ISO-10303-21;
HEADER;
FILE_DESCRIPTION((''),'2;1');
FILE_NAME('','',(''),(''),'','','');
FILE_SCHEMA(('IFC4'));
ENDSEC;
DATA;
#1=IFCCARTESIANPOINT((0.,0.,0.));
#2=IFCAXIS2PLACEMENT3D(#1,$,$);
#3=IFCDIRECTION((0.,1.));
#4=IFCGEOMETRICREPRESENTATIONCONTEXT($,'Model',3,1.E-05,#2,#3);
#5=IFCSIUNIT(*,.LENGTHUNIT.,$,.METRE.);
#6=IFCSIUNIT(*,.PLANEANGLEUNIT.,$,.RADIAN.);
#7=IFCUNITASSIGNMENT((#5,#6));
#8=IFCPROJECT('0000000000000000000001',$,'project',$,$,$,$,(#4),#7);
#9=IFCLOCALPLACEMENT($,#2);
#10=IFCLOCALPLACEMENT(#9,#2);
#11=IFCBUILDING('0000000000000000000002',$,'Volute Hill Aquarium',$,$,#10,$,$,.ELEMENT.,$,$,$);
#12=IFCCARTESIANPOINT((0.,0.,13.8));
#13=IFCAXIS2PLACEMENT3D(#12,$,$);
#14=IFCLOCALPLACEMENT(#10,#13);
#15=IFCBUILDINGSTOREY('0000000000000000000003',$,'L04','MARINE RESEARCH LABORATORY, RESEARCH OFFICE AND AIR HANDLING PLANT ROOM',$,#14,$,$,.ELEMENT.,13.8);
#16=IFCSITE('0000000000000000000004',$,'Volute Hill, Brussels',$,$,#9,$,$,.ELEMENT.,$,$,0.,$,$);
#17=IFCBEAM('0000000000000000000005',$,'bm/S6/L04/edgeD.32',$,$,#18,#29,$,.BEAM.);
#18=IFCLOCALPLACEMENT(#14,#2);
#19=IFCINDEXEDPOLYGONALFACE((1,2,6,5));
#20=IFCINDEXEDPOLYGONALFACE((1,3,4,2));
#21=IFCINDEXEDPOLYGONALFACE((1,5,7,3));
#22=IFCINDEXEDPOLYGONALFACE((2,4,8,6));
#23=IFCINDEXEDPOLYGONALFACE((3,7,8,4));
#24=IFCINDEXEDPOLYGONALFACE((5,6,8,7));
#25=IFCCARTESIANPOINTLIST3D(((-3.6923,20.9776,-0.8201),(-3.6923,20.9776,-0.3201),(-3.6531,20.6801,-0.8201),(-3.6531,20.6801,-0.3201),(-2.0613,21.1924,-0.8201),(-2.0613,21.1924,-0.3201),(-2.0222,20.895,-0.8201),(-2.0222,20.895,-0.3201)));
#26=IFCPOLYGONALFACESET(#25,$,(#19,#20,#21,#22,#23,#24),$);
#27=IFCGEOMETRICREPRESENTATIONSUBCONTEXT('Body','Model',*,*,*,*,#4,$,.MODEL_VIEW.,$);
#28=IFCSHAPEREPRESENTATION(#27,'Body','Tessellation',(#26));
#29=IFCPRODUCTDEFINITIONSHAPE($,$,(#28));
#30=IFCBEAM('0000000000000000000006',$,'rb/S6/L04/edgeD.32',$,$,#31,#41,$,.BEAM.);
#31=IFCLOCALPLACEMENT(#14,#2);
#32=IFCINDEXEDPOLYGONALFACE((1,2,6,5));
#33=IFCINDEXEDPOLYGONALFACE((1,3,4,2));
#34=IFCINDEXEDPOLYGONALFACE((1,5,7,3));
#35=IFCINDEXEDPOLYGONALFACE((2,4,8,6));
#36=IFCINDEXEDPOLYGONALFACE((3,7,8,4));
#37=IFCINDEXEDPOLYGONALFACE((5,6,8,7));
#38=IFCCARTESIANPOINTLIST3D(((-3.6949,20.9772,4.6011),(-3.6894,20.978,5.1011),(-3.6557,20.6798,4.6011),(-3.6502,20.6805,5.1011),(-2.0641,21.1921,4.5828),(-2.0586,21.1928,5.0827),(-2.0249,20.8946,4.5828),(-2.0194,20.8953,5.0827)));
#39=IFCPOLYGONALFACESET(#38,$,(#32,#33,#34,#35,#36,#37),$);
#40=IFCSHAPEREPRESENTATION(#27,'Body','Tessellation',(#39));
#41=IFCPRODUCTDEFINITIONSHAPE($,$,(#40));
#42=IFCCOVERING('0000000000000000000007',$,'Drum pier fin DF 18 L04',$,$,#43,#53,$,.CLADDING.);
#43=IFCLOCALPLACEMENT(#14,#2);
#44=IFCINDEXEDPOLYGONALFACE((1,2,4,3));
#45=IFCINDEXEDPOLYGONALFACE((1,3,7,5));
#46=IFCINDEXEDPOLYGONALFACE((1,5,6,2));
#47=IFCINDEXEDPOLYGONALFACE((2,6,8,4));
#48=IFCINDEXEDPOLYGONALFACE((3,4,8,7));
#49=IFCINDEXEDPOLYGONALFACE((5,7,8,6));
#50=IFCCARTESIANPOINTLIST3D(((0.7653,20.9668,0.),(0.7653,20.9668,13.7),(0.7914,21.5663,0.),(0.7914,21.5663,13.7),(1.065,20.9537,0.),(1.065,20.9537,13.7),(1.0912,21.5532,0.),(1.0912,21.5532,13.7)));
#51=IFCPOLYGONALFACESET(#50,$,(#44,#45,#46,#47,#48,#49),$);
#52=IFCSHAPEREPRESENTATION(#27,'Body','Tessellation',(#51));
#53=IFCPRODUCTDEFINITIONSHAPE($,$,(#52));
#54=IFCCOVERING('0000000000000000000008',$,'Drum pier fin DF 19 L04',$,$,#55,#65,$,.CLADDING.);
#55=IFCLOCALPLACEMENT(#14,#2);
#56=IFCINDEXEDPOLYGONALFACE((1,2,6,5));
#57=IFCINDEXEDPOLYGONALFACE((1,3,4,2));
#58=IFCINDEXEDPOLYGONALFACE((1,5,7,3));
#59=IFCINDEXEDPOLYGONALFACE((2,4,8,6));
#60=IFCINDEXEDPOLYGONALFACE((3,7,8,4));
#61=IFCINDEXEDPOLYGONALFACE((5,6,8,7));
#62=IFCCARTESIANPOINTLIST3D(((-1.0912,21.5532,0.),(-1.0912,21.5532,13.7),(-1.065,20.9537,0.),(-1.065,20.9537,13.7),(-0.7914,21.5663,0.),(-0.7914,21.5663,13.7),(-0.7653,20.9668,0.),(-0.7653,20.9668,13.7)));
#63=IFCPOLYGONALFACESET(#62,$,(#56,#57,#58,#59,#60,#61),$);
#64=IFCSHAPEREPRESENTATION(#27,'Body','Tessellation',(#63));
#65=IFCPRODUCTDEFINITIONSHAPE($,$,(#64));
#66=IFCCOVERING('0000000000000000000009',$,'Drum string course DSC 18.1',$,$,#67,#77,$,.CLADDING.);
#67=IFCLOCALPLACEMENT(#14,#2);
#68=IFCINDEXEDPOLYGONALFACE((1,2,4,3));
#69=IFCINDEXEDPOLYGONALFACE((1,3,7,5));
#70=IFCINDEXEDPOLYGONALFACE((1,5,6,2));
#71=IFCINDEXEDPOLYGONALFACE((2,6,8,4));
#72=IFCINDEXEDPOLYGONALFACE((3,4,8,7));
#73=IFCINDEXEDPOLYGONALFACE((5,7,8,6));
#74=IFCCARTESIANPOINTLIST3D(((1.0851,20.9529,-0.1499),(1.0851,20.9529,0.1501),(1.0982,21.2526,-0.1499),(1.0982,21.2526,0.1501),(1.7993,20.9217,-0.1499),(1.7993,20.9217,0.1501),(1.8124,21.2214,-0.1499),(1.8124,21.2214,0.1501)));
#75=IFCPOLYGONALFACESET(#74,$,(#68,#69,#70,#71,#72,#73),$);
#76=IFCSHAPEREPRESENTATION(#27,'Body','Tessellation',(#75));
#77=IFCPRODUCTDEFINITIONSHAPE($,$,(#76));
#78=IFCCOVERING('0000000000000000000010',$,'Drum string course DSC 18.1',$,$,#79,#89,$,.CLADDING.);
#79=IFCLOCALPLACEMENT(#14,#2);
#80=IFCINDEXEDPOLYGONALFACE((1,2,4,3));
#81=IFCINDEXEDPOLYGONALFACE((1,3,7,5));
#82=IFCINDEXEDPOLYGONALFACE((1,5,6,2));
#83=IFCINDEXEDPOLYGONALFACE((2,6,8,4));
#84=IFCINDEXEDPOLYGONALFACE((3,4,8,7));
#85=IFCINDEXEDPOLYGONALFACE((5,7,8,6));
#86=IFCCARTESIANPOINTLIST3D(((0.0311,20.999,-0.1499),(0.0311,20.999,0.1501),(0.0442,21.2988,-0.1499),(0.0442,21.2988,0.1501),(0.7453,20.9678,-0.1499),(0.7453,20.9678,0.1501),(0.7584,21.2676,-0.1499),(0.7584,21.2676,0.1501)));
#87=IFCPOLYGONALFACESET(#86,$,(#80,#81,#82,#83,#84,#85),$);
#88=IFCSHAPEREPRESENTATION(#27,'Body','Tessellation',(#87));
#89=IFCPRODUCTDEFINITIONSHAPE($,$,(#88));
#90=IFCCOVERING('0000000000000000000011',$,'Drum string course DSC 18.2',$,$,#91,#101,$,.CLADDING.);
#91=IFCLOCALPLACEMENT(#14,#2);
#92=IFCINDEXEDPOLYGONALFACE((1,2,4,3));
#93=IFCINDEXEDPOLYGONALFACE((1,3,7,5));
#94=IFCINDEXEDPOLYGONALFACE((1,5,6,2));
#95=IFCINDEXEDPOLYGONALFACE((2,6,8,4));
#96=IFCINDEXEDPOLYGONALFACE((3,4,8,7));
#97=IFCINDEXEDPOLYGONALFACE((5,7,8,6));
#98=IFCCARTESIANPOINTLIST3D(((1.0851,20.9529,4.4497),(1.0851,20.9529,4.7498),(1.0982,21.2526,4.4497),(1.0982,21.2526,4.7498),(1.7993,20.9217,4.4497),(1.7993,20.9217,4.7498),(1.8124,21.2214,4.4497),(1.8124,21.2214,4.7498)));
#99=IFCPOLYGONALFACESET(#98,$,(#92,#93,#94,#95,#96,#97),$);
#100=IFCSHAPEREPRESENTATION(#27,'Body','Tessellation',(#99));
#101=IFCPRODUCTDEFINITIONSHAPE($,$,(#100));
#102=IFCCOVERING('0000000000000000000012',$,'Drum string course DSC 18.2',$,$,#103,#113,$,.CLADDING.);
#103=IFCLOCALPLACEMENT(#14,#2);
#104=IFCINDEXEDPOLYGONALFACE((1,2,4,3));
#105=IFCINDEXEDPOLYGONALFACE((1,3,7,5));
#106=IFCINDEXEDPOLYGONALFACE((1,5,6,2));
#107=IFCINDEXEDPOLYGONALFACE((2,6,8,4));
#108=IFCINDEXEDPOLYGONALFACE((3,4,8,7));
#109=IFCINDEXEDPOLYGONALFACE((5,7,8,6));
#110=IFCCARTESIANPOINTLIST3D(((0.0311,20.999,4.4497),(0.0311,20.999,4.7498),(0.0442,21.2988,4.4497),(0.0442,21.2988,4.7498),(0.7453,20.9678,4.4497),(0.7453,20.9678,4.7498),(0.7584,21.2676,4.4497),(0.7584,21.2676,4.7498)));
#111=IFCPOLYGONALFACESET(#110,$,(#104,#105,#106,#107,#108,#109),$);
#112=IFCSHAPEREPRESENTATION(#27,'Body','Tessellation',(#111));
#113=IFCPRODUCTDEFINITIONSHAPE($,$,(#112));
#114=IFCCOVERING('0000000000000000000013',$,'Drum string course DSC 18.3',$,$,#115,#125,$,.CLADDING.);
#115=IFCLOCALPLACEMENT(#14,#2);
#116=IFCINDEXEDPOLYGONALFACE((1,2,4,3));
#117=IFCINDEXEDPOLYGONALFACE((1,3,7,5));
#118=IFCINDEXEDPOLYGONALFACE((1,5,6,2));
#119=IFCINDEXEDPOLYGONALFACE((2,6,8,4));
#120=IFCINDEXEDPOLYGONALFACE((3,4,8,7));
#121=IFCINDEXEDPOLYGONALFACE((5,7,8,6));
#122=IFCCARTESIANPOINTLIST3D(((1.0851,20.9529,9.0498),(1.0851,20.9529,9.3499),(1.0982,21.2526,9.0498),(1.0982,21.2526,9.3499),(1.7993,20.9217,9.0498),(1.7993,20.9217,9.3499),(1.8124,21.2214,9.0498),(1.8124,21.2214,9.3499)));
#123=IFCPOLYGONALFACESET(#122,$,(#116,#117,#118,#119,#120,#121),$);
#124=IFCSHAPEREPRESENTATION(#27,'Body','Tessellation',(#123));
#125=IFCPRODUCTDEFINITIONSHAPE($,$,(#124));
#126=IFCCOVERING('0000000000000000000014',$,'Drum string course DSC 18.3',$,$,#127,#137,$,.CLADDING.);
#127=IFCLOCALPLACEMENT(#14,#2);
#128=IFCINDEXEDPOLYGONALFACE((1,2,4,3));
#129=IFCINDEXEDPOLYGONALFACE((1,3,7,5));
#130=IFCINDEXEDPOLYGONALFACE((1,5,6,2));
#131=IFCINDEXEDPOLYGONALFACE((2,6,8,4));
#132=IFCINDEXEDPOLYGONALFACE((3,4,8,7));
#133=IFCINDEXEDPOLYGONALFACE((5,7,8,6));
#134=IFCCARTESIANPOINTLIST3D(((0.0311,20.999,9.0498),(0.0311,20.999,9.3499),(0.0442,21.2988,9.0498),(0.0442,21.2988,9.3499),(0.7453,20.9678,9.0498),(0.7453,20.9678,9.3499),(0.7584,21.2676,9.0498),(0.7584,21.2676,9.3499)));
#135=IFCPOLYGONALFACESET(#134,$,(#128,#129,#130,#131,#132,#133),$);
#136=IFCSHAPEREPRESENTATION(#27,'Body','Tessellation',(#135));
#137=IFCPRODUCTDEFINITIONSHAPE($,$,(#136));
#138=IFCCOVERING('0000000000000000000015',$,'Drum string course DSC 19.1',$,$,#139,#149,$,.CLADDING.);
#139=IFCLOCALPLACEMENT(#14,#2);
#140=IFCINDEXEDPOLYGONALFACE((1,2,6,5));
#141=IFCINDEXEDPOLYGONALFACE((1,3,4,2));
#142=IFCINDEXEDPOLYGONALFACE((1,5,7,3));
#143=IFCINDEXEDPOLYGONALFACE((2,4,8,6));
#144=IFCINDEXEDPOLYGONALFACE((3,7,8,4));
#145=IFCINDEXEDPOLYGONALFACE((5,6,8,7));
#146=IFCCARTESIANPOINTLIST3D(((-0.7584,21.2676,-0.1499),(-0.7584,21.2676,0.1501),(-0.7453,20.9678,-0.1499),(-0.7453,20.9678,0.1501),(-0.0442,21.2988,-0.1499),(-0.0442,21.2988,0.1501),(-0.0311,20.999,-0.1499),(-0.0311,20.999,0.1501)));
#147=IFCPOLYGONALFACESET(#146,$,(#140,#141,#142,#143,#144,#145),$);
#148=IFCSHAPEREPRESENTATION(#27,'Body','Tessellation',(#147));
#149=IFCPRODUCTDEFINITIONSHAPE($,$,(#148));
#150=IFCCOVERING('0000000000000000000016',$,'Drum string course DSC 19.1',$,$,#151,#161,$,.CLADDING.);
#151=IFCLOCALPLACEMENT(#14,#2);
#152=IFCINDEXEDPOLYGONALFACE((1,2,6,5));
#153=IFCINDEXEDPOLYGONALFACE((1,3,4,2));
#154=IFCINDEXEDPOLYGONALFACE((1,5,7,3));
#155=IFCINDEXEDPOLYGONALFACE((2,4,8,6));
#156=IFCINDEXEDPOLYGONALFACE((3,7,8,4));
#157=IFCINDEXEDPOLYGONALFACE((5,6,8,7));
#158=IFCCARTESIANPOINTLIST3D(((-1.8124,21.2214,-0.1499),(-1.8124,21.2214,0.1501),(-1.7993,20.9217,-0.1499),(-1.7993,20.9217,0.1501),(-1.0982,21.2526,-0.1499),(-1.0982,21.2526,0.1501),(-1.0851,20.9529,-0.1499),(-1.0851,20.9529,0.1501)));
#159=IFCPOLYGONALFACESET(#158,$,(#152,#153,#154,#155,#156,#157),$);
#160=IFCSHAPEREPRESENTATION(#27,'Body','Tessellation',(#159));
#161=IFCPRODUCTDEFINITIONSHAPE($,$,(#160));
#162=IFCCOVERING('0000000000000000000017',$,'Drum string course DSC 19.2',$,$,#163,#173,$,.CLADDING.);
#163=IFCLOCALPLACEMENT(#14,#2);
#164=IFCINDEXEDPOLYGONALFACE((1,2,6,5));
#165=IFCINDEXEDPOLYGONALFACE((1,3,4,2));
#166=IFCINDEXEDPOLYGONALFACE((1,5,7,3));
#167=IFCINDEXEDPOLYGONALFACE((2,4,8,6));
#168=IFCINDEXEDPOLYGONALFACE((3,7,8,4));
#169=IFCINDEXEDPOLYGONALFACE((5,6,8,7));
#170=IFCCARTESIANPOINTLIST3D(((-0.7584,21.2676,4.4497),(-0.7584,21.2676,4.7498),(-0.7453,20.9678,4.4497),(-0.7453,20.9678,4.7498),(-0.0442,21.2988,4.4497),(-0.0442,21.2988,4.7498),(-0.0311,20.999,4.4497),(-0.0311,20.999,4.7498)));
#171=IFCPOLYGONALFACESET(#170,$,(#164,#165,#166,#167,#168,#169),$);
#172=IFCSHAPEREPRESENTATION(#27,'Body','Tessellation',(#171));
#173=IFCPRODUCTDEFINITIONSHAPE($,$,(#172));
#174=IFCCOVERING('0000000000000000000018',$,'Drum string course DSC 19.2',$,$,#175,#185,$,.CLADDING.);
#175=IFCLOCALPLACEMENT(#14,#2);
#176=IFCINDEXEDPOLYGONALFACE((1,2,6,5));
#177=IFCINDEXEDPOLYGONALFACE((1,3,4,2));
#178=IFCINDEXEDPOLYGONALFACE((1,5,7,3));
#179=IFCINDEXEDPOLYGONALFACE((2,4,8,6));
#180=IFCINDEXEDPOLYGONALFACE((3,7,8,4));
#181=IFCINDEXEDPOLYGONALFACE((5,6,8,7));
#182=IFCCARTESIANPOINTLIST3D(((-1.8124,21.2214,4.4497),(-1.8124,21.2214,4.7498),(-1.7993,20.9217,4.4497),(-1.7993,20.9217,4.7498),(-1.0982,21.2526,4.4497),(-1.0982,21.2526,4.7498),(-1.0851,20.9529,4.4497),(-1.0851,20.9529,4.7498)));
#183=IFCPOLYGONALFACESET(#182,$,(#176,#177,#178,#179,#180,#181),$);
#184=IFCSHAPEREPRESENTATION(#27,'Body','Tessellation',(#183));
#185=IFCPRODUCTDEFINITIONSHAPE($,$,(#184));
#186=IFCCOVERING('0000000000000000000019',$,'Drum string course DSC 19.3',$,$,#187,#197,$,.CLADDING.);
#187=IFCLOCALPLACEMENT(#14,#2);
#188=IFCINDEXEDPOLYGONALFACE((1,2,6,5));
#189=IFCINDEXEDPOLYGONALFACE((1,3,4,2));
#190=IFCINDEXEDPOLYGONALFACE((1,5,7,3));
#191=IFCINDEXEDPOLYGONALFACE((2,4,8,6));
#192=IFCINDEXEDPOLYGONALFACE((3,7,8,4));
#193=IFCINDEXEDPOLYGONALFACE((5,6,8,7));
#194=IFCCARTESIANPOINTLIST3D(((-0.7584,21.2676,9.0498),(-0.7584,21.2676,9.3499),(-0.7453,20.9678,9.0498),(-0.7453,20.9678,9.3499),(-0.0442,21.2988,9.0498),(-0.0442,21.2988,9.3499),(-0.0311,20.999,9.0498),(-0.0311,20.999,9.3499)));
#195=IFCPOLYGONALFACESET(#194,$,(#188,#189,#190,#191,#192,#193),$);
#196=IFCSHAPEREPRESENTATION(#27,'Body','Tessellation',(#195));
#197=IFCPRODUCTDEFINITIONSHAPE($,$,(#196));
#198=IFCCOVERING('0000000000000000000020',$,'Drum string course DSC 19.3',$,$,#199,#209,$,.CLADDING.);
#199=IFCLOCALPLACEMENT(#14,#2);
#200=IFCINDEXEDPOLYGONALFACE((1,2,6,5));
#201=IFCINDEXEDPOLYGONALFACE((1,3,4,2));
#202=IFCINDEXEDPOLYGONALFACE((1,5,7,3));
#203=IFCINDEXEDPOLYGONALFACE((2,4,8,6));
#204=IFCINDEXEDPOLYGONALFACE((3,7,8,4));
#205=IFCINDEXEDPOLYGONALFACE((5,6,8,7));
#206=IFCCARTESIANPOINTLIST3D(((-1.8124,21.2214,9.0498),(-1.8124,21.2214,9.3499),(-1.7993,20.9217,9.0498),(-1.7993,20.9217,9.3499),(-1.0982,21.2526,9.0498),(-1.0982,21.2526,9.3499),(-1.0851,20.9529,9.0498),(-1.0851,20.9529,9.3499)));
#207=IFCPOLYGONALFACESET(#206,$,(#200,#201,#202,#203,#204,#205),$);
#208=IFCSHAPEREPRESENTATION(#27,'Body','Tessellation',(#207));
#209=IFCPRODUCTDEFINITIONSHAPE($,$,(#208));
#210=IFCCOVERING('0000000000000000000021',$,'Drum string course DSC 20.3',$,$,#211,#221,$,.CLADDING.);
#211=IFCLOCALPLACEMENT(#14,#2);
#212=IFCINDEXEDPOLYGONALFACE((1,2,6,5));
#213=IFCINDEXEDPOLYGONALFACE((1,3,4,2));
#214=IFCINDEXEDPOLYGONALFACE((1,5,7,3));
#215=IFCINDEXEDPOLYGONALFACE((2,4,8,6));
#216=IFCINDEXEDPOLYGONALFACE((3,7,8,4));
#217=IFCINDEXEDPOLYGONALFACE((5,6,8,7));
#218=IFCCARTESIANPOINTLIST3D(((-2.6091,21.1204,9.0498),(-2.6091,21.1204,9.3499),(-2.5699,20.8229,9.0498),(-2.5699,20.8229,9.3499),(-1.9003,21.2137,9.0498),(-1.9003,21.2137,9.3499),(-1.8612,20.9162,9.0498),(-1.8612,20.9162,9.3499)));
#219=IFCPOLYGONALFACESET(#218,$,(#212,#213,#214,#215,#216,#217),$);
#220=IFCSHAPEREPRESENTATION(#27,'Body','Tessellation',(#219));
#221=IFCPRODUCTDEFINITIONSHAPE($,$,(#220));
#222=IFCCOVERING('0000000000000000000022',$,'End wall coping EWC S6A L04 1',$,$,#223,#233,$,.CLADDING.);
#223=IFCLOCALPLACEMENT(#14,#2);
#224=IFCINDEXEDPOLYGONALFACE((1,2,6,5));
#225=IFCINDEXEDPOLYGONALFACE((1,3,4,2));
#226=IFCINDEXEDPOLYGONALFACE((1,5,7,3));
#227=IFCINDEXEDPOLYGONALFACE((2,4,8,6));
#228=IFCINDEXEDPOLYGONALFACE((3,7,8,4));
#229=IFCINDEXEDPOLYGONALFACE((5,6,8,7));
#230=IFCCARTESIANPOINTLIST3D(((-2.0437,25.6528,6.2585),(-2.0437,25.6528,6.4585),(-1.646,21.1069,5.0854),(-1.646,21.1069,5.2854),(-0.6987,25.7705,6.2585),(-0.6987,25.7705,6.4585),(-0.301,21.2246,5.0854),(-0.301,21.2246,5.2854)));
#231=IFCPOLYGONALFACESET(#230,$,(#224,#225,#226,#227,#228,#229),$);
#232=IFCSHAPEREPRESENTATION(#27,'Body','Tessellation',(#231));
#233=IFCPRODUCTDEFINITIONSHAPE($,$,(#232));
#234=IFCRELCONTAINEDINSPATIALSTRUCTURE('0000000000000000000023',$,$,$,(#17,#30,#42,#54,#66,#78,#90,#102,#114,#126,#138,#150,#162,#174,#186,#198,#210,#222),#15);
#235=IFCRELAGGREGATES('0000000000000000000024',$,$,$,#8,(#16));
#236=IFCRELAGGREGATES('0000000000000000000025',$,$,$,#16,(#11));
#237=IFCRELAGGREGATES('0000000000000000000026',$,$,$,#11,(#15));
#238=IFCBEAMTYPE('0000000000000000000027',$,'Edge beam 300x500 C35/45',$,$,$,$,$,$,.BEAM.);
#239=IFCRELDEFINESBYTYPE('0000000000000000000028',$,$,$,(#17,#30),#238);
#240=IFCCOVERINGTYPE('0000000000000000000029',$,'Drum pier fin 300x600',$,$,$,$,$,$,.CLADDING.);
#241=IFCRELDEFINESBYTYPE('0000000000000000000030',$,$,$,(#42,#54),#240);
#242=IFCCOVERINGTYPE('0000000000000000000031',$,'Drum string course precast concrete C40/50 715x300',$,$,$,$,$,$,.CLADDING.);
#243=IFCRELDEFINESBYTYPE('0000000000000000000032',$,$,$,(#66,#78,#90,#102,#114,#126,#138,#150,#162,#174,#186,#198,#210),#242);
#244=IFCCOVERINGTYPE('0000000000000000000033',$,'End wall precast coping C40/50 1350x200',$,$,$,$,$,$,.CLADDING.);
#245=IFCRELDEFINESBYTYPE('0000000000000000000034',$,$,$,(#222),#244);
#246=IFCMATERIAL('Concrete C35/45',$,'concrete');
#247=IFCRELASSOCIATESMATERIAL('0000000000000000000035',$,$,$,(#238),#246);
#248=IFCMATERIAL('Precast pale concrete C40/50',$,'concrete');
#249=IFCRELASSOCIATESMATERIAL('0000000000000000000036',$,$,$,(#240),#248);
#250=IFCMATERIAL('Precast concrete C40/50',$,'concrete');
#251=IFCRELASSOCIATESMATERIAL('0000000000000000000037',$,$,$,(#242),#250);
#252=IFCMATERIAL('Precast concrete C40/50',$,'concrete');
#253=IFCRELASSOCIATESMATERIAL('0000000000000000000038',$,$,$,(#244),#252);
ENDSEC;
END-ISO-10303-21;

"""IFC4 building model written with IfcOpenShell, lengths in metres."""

from ifc_helpers import new_model, si_unit, direction, frame, origin, origin_2d, place, context, subcontext, project, spatial, polyline, rectangle, outline, extrude, material, material_profile, profile_set, type_object, element, save


model = new_model("IFC4")

# Units and contexts
model_context = context("Model", 3, precision=1e-05, world=origin(), true_north=direction((0.0, 1.0)))
body_context = subcontext(model_context, "Body", "Model", "MODEL_VIEW")
ifc_project = project(units=[si_unit("LENGTHUNIT", "METRE"), si_unit("PLANEANGLEUNIT", "RADIAN")], contexts=[model_context])

# Site, building, storey
site_placement = place(None, origin())
site = spatial("IfcSite", under=ifc_project, at=site_placement, Name="Volute Hill, Brussels", CompositionType="ELEMENT", RefElevation=0.0)
building_placement = place(site_placement, origin())
building = spatial("IfcBuilding", under=site, at=building_placement, Name="Volute Hill Aquarium", CompositionType="ELEMENT")
storey_placement = place(building_placement, frame((0.0, 0.0, 13.8)))
storey = spatial("IfcBuildingStorey", under=building, at=storey_placement, Name="L04", Description="MARINE RESEARCH LABORATORY, RESEARCH OFFICE AND AIR HANDLING PLANT ROOM", CompositionType="ELEMENT", Elevation=13.8)

# Beams
ifc_material_1 = material(Name="Concrete C35/45", Category="concrete")
ifc_material_profile = material_profile(ifc_material_1, rectangle(XDim=0.3, YDim=0.5, at=origin_2d()), Name="RC edge beam 300x500")
ifc_profile_set = profile_set([ifc_material_profile], Name="Concrete C35/45")
beam_type = type_object("IfcBeamType", Name="Edge beam 300x500 C35/45", PredefinedType="BEAM", material=ifc_profile_set)
for number, where, z_axis, x_axis, name in (
    (1, (-2.0417, 21.0437, -0.5701), (-0.991434, -0.130608, 0.0), (0.130608, -0.991434, 0.0), "bm/S6/L04/edgeD.32"),
    (2, (-2.0417, 21.0437, 4.8328), (-0.991373, -0.1306, 0.011131), (0.130608, -0.991434, 0.0), "rb/S6/L04/edgeD.32"),
):
    element("IfcBeam", number, at=place(storey_placement, frame(where, z_axis=z_axis, x_axis=x_axis)), inside=storey, type_object=beam_type, Name=name, PredefinedType="BEAM", context=body_context, shape_type="SweptSolid", body=[
        extrude(rectangle(XDim=0.3, YDim=0.5, at=origin_2d()), origin(), (0.0, 0.0, 1.0), 1.645),
    ])

# Coverings
ifc_material_2 = material(Name="Precast pale concrete C40/50", Category="concrete")
covering_type_1 = type_object("IfcCoveringType", Name="Drum pier fin 300x600", PredefinedType="CLADDING", material=ifc_material_2)
for number, where, z_axis, x_axis, name in (
    (3, (0.9282, 21.26, 0.0), (0.0, 0.0, 1.0), (-0.999048, 0.043619, 0.0), "Drum pier fin DF 18 L04"),
    (4, (-0.9282, 21.26, 0.0), (0.0, 0.0, 1.0), (-0.999048, -0.043619, 0.0), "Drum pier fin DF 19 L04"),
):
    element("IfcCovering", number, at=place(storey_placement, frame(where, z_axis=z_axis, x_axis=x_axis)), inside=storey, type_object=covering_type_1, Name=name, PredefinedType="CLADDING", context=body_context, shape_type="SweptSolid", body=[
        extrude(rectangle(XDim=0.3, YDim=0.6001, at=origin_2d()), origin(), (0.0, 0.0, 1.0), 13.7),
    ])
ifc_material_3 = material(Name="Precast concrete C40/50", Category="concrete")
covering_type_2 = type_object("IfcCoveringType", Name="Drum string course precast concrete C40/50 715x300", PredefinedType="CLADDING", material=ifc_material_3)
for number, where, z_axis, x_axis, name in (
    (5, (1.4487, 21.0872, -0.1499), (0.0, 0.0, 1.0), (-0.999048, 0.043619, 0.0), "Drum string course DSC 18.1"),
    (6, (0.3948, 21.1333, -0.1499), (0.0, 0.0, 1.0), (-0.999048, 0.043619, 0.0), "Drum string course DSC 18.1"),
    (7, (1.4487, 21.0872, 4.4497), (0.0, 0.0, 1.0), (-0.999048, 0.043619, 0.0), "Drum string course DSC 18.2"),
    (8, (0.3948, 21.1333, 4.4497), (0.0, 0.0, 1.0), (-0.999048, 0.043619, 0.0), "Drum string course DSC 18.2"),
    (9, (1.4487, 21.0872, 9.0498), (0.0, 0.0, 1.0), (-0.999048, 0.043619, 0.0), "Drum string course DSC 18.3"),
    (10, (0.3948, 21.1333, 9.0498), (0.0, 0.0, 1.0), (-0.999048, 0.043619, 0.0), "Drum string course DSC 18.3"),
    (11, (-0.3948, 21.1333, -0.1499), (0.0, 0.0, 1.0), (-0.999048, -0.043619, 0.0), "Drum string course DSC 19.1"),
    (12, (-1.4487, 21.0872, -0.1499), (0.0, 0.0, 1.0), (-0.999048, -0.043619, 0.0), "Drum string course DSC 19.1"),
    (13, (-0.3948, 21.1333, 4.4497), (0.0, 0.0, 1.0), (-0.999048, -0.043619, 0.0), "Drum string course DSC 19.2"),
    (14, (-1.4487, 21.0872, 4.4497), (0.0, 0.0, 1.0), (-0.999048, -0.043619, 0.0), "Drum string course DSC 19.2"),
    (15, (-0.3948, 21.1333, 9.0498), (0.0, 0.0, 1.0), (-0.999048, -0.043619, 0.0), "Drum string course DSC 19.3"),
    (16, (-1.4487, 21.0872, 9.0498), (0.0, 0.0, 1.0), (-0.999048, -0.043619, 0.0), "Drum string course DSC 19.3"),
    (17, (-2.2351, 21.0183, 9.0498), (0.0, 0.0, 1.0), (-0.991445, -0.130526, 0.0), "Drum string course DSC 20.3"),
):
    element("IfcCovering", number, at=place(storey_placement, frame(where, z_axis=z_axis, x_axis=x_axis)), inside=storey, type_object=covering_type_2, Name=name, PredefinedType="CLADDING", context=body_context, shape_type="SweptSolid", body=[
        extrude(rectangle(XDim=0.7148, YDim=0.3, at=origin_2d()), origin(), (0.0, 0.0, 1.0), 0.3),
    ])
ifc_material_4 = material(Name="Precast concrete C40/50", Category="concrete")
covering_type_3 = type_object("IfcCoveringType", Name="End wall precast coping C40/50 1350x200", PredefinedType="CLADDING", material=ifc_material_4)
covering_1_placement = place(storey_placement, frame((-0.301, 21.2246, 5.0854), z_axis=(0.996195, 0.087154, 0.0), x_axis=(-0.084409, 0.964824, 0.248978)))
element("IfcCovering", 18, at=covering_1_placement, inside=storey, type_object=covering_type_3, Name="End wall coping EWC S6A L04 1", PredefinedType="CLADDING", context=body_context, shape_type="SweptSolid", body=[
    extrude(outline(polyline([(0.0, 0.0), (4.7116, 0.0), (4.7614, 0.1937), (0.0498, 0.1937), (0.0, 0.0)])), origin(), (0.0, 0.0, -1.0), 1.3501),
])

save(model, "model.ifc")
